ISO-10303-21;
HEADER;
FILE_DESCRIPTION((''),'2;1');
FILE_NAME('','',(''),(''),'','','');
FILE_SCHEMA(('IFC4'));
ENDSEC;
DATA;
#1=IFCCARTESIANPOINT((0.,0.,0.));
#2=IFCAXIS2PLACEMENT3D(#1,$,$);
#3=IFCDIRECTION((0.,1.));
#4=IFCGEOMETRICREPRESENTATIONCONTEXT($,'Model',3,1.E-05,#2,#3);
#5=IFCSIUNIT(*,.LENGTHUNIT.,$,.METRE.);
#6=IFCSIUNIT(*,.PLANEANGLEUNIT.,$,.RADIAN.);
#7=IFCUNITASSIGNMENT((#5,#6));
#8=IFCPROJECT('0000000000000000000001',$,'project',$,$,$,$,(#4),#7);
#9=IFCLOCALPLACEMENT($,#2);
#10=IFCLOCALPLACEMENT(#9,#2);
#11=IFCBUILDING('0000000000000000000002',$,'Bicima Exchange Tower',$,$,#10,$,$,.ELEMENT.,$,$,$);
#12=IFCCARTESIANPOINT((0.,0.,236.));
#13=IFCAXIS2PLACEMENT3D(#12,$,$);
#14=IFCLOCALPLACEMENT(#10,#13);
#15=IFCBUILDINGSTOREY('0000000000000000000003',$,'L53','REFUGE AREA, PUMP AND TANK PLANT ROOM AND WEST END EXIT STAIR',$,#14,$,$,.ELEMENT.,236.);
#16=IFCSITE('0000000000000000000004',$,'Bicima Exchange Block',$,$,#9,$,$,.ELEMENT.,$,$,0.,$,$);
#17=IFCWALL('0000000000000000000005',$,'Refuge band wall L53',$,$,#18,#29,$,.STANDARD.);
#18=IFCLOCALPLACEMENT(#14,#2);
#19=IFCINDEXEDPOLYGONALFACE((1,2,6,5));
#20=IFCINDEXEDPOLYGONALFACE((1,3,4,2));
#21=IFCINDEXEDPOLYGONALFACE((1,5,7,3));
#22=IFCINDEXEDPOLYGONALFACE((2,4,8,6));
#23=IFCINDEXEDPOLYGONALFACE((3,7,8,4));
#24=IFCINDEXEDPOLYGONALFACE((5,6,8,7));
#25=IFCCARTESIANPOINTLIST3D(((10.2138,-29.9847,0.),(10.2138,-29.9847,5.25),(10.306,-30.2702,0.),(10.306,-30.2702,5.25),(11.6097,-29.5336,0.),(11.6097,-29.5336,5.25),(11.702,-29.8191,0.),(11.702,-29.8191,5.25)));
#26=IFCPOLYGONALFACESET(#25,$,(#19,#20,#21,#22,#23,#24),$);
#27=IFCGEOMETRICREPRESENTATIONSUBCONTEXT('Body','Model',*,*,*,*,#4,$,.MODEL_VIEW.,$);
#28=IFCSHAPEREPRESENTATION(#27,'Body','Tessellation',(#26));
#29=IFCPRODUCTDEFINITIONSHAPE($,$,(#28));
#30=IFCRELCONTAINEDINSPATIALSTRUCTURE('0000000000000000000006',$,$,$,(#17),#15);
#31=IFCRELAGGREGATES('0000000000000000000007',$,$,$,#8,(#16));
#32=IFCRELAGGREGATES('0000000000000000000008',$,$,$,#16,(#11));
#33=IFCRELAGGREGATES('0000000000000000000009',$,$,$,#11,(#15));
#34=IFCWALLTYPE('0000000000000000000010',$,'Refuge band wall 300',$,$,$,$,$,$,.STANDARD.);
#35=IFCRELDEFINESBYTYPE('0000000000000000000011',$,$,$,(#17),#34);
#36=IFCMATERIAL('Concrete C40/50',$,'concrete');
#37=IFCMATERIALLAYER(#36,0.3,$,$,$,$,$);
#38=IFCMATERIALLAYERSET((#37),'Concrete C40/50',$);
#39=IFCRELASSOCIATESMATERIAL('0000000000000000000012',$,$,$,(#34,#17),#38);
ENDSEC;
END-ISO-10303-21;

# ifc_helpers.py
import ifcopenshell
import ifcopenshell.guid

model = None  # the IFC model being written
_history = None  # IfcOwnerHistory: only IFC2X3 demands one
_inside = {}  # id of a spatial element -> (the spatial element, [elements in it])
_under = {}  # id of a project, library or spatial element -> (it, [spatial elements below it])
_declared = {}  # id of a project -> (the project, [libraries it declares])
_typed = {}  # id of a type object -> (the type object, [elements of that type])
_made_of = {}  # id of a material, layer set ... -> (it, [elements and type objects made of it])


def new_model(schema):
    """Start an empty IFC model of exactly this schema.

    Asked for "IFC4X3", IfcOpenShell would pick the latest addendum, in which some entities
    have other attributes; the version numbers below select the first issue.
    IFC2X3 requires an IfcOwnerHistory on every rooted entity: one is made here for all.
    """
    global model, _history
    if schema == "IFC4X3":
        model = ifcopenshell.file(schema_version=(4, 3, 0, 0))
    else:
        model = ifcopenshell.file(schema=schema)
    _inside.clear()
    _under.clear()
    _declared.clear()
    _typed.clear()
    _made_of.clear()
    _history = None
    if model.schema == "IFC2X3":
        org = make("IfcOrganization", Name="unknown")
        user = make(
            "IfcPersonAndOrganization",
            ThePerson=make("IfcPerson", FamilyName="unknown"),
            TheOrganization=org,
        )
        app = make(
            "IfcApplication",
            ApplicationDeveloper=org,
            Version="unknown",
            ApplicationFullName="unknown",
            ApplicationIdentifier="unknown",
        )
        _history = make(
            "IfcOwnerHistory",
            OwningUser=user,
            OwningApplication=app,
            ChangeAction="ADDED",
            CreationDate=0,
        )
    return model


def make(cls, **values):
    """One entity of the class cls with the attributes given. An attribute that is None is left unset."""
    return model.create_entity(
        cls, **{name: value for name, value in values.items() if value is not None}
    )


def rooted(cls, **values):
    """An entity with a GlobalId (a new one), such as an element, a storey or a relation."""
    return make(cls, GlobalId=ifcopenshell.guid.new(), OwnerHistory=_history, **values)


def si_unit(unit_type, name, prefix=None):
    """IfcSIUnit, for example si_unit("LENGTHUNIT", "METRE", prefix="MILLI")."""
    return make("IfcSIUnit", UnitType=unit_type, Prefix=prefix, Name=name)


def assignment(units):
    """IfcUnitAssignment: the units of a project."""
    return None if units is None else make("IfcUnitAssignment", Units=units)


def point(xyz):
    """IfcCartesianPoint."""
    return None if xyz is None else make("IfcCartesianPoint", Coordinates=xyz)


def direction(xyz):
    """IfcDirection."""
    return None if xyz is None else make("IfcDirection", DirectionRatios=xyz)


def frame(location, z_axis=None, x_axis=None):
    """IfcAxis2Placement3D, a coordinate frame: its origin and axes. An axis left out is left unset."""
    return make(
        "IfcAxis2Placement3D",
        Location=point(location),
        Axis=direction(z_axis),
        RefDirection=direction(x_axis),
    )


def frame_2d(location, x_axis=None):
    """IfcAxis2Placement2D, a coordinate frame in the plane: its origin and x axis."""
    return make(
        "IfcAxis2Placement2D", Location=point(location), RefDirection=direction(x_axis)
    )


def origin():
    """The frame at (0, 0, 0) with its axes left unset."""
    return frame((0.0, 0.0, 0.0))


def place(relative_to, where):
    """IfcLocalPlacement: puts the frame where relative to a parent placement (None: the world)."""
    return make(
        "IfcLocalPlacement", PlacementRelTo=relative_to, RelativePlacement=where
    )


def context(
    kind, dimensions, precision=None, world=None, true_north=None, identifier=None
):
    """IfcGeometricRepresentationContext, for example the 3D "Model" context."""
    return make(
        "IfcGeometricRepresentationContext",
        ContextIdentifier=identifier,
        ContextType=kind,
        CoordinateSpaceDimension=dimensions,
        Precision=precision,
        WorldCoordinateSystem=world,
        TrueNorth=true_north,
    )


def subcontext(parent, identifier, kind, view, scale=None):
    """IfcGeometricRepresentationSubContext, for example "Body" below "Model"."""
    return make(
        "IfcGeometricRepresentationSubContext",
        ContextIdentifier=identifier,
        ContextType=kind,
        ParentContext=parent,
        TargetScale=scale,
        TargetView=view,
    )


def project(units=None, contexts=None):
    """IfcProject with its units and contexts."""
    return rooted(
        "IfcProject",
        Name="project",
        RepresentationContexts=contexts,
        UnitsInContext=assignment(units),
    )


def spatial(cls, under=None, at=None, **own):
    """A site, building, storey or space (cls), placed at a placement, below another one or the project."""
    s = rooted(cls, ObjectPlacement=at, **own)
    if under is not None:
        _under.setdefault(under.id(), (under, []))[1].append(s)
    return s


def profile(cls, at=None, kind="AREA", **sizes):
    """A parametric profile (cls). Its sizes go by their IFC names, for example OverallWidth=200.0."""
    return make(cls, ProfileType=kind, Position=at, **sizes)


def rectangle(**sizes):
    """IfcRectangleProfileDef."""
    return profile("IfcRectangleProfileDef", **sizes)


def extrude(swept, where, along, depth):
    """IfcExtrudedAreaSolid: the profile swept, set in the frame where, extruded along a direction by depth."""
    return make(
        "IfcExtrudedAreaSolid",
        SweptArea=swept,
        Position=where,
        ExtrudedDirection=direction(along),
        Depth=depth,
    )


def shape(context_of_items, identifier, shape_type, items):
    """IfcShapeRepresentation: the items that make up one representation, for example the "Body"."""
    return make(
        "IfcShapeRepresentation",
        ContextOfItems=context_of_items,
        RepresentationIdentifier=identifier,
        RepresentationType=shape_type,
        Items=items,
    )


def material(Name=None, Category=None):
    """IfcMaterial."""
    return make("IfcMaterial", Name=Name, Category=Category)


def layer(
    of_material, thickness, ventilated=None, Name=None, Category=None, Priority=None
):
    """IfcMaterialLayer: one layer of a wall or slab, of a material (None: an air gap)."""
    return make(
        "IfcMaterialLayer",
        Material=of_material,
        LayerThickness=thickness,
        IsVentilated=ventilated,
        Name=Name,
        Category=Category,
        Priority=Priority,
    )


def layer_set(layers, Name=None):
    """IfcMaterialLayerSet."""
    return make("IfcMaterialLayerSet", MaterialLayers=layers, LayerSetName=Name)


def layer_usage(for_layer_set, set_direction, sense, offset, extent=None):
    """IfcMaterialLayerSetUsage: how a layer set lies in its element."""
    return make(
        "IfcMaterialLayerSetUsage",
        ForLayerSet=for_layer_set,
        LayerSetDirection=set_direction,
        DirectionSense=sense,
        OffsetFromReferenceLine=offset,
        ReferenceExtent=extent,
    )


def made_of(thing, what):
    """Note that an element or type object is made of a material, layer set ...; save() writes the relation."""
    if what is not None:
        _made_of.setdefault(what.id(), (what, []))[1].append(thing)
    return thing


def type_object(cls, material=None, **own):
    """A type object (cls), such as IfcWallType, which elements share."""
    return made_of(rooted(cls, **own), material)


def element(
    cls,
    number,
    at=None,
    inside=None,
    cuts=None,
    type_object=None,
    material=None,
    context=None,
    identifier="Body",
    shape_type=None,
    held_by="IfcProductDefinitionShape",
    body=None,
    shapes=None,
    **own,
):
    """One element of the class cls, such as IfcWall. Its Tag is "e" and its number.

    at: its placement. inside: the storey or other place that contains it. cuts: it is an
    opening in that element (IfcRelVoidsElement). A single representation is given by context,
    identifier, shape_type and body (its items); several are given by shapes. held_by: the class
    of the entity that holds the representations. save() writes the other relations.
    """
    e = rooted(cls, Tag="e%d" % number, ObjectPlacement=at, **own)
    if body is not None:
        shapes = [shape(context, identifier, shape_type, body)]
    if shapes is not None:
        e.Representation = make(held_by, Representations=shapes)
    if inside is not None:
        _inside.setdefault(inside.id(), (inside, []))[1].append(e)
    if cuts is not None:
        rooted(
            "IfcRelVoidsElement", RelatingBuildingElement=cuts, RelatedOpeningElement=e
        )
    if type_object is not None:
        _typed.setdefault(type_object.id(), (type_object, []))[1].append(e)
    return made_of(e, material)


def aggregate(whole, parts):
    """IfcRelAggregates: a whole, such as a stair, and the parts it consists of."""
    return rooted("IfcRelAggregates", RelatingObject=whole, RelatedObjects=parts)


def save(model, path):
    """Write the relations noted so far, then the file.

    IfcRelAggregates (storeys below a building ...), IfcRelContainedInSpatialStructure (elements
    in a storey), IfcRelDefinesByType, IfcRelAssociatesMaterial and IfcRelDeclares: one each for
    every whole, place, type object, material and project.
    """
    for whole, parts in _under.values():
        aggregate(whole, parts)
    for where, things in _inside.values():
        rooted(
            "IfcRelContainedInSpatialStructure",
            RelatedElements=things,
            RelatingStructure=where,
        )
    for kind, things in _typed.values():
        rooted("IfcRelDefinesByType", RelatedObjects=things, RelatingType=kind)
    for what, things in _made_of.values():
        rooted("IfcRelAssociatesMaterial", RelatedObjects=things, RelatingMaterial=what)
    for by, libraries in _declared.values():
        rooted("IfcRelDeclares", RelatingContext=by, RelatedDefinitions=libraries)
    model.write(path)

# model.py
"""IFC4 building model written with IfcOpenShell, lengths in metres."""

from ifc_helpers import new_model, si_unit, direction, frame, frame_2d, origin, place, context, subcontext, project, spatial, rectangle, extrude, material, layer, layer_set, layer_usage, type_object, element, save


model = new_model("IFC4")

# Units and contexts
model_context = context("Model", 3, precision=1e-05, world=origin(), true_north=direction((0.0, 1.0)))
body_context = subcontext(model_context, "Body", "Model", "MODEL_VIEW")
ifc_project = project(units=[si_unit("LENGTHUNIT", "METRE"), si_unit("PLANEANGLEUNIT", "RADIAN")], contexts=[model_context])

# Site, building, storey
site_placement = place(None, origin())
site = spatial("IfcSite", under=ifc_project, at=site_placement, Name="Bicima Exchange Block", CompositionType="ELEMENT", RefElevation=0.0)
building_placement = place(site_placement, origin())
building = spatial("IfcBuilding", under=site, at=building_placement, Name="Bicima Exchange Tower", CompositionType="ELEMENT")
storey_placement = place(building_placement, frame((0.0, 0.0, 236.0)))
storey = spatial("IfcBuildingStorey", under=building, at=storey_placement, Name="L53", Description="REFUGE AREA, PUMP AND TANK PLANT ROOM AND WEST END EXIT STAIR", CompositionType="ELEMENT", Elevation=236.0)

# Wall
ifc_material_1 = material(Name="Concrete C40/50", Category="concrete")
ifc_layer_1 = layer(ifc_material_1, 0.3)
ifc_layer_set_1 = layer_set([ifc_layer_1], Name="Concrete C40/50")
ifc_layer_usage = layer_usage(ifc_layer_set_1, "AXIS2", "POSITIVE", -0.15)
wall_type_1 = type_object("IfcWallType", Name="Refuge band wall 300", PredefinedType="STANDARD", material=ifc_layer_set_1)
wall_1_placement = place(storey_placement, frame((10.26, -30.1274, 0.0), z_axis=(0.0, 0.0, 1.0), x_axis=(0.951539, 0.307528, 0.0)))
element("IfcWall", 1, at=wall_1_placement, inside=storey, type_object=wall_type_1, material=ifc_layer_usage, Name="Refuge band wall L53", PredefinedType="STANDARD", context=body_context, shape_type="SweptSolid", body=[
    extrude(rectangle(XDim=1.467, YDim=0.3, at=frame_2d((0.7334, 0.0))), origin(), (0.0, 0.0, 1.0), 5.25),
])

save(model, "model.ifc")
